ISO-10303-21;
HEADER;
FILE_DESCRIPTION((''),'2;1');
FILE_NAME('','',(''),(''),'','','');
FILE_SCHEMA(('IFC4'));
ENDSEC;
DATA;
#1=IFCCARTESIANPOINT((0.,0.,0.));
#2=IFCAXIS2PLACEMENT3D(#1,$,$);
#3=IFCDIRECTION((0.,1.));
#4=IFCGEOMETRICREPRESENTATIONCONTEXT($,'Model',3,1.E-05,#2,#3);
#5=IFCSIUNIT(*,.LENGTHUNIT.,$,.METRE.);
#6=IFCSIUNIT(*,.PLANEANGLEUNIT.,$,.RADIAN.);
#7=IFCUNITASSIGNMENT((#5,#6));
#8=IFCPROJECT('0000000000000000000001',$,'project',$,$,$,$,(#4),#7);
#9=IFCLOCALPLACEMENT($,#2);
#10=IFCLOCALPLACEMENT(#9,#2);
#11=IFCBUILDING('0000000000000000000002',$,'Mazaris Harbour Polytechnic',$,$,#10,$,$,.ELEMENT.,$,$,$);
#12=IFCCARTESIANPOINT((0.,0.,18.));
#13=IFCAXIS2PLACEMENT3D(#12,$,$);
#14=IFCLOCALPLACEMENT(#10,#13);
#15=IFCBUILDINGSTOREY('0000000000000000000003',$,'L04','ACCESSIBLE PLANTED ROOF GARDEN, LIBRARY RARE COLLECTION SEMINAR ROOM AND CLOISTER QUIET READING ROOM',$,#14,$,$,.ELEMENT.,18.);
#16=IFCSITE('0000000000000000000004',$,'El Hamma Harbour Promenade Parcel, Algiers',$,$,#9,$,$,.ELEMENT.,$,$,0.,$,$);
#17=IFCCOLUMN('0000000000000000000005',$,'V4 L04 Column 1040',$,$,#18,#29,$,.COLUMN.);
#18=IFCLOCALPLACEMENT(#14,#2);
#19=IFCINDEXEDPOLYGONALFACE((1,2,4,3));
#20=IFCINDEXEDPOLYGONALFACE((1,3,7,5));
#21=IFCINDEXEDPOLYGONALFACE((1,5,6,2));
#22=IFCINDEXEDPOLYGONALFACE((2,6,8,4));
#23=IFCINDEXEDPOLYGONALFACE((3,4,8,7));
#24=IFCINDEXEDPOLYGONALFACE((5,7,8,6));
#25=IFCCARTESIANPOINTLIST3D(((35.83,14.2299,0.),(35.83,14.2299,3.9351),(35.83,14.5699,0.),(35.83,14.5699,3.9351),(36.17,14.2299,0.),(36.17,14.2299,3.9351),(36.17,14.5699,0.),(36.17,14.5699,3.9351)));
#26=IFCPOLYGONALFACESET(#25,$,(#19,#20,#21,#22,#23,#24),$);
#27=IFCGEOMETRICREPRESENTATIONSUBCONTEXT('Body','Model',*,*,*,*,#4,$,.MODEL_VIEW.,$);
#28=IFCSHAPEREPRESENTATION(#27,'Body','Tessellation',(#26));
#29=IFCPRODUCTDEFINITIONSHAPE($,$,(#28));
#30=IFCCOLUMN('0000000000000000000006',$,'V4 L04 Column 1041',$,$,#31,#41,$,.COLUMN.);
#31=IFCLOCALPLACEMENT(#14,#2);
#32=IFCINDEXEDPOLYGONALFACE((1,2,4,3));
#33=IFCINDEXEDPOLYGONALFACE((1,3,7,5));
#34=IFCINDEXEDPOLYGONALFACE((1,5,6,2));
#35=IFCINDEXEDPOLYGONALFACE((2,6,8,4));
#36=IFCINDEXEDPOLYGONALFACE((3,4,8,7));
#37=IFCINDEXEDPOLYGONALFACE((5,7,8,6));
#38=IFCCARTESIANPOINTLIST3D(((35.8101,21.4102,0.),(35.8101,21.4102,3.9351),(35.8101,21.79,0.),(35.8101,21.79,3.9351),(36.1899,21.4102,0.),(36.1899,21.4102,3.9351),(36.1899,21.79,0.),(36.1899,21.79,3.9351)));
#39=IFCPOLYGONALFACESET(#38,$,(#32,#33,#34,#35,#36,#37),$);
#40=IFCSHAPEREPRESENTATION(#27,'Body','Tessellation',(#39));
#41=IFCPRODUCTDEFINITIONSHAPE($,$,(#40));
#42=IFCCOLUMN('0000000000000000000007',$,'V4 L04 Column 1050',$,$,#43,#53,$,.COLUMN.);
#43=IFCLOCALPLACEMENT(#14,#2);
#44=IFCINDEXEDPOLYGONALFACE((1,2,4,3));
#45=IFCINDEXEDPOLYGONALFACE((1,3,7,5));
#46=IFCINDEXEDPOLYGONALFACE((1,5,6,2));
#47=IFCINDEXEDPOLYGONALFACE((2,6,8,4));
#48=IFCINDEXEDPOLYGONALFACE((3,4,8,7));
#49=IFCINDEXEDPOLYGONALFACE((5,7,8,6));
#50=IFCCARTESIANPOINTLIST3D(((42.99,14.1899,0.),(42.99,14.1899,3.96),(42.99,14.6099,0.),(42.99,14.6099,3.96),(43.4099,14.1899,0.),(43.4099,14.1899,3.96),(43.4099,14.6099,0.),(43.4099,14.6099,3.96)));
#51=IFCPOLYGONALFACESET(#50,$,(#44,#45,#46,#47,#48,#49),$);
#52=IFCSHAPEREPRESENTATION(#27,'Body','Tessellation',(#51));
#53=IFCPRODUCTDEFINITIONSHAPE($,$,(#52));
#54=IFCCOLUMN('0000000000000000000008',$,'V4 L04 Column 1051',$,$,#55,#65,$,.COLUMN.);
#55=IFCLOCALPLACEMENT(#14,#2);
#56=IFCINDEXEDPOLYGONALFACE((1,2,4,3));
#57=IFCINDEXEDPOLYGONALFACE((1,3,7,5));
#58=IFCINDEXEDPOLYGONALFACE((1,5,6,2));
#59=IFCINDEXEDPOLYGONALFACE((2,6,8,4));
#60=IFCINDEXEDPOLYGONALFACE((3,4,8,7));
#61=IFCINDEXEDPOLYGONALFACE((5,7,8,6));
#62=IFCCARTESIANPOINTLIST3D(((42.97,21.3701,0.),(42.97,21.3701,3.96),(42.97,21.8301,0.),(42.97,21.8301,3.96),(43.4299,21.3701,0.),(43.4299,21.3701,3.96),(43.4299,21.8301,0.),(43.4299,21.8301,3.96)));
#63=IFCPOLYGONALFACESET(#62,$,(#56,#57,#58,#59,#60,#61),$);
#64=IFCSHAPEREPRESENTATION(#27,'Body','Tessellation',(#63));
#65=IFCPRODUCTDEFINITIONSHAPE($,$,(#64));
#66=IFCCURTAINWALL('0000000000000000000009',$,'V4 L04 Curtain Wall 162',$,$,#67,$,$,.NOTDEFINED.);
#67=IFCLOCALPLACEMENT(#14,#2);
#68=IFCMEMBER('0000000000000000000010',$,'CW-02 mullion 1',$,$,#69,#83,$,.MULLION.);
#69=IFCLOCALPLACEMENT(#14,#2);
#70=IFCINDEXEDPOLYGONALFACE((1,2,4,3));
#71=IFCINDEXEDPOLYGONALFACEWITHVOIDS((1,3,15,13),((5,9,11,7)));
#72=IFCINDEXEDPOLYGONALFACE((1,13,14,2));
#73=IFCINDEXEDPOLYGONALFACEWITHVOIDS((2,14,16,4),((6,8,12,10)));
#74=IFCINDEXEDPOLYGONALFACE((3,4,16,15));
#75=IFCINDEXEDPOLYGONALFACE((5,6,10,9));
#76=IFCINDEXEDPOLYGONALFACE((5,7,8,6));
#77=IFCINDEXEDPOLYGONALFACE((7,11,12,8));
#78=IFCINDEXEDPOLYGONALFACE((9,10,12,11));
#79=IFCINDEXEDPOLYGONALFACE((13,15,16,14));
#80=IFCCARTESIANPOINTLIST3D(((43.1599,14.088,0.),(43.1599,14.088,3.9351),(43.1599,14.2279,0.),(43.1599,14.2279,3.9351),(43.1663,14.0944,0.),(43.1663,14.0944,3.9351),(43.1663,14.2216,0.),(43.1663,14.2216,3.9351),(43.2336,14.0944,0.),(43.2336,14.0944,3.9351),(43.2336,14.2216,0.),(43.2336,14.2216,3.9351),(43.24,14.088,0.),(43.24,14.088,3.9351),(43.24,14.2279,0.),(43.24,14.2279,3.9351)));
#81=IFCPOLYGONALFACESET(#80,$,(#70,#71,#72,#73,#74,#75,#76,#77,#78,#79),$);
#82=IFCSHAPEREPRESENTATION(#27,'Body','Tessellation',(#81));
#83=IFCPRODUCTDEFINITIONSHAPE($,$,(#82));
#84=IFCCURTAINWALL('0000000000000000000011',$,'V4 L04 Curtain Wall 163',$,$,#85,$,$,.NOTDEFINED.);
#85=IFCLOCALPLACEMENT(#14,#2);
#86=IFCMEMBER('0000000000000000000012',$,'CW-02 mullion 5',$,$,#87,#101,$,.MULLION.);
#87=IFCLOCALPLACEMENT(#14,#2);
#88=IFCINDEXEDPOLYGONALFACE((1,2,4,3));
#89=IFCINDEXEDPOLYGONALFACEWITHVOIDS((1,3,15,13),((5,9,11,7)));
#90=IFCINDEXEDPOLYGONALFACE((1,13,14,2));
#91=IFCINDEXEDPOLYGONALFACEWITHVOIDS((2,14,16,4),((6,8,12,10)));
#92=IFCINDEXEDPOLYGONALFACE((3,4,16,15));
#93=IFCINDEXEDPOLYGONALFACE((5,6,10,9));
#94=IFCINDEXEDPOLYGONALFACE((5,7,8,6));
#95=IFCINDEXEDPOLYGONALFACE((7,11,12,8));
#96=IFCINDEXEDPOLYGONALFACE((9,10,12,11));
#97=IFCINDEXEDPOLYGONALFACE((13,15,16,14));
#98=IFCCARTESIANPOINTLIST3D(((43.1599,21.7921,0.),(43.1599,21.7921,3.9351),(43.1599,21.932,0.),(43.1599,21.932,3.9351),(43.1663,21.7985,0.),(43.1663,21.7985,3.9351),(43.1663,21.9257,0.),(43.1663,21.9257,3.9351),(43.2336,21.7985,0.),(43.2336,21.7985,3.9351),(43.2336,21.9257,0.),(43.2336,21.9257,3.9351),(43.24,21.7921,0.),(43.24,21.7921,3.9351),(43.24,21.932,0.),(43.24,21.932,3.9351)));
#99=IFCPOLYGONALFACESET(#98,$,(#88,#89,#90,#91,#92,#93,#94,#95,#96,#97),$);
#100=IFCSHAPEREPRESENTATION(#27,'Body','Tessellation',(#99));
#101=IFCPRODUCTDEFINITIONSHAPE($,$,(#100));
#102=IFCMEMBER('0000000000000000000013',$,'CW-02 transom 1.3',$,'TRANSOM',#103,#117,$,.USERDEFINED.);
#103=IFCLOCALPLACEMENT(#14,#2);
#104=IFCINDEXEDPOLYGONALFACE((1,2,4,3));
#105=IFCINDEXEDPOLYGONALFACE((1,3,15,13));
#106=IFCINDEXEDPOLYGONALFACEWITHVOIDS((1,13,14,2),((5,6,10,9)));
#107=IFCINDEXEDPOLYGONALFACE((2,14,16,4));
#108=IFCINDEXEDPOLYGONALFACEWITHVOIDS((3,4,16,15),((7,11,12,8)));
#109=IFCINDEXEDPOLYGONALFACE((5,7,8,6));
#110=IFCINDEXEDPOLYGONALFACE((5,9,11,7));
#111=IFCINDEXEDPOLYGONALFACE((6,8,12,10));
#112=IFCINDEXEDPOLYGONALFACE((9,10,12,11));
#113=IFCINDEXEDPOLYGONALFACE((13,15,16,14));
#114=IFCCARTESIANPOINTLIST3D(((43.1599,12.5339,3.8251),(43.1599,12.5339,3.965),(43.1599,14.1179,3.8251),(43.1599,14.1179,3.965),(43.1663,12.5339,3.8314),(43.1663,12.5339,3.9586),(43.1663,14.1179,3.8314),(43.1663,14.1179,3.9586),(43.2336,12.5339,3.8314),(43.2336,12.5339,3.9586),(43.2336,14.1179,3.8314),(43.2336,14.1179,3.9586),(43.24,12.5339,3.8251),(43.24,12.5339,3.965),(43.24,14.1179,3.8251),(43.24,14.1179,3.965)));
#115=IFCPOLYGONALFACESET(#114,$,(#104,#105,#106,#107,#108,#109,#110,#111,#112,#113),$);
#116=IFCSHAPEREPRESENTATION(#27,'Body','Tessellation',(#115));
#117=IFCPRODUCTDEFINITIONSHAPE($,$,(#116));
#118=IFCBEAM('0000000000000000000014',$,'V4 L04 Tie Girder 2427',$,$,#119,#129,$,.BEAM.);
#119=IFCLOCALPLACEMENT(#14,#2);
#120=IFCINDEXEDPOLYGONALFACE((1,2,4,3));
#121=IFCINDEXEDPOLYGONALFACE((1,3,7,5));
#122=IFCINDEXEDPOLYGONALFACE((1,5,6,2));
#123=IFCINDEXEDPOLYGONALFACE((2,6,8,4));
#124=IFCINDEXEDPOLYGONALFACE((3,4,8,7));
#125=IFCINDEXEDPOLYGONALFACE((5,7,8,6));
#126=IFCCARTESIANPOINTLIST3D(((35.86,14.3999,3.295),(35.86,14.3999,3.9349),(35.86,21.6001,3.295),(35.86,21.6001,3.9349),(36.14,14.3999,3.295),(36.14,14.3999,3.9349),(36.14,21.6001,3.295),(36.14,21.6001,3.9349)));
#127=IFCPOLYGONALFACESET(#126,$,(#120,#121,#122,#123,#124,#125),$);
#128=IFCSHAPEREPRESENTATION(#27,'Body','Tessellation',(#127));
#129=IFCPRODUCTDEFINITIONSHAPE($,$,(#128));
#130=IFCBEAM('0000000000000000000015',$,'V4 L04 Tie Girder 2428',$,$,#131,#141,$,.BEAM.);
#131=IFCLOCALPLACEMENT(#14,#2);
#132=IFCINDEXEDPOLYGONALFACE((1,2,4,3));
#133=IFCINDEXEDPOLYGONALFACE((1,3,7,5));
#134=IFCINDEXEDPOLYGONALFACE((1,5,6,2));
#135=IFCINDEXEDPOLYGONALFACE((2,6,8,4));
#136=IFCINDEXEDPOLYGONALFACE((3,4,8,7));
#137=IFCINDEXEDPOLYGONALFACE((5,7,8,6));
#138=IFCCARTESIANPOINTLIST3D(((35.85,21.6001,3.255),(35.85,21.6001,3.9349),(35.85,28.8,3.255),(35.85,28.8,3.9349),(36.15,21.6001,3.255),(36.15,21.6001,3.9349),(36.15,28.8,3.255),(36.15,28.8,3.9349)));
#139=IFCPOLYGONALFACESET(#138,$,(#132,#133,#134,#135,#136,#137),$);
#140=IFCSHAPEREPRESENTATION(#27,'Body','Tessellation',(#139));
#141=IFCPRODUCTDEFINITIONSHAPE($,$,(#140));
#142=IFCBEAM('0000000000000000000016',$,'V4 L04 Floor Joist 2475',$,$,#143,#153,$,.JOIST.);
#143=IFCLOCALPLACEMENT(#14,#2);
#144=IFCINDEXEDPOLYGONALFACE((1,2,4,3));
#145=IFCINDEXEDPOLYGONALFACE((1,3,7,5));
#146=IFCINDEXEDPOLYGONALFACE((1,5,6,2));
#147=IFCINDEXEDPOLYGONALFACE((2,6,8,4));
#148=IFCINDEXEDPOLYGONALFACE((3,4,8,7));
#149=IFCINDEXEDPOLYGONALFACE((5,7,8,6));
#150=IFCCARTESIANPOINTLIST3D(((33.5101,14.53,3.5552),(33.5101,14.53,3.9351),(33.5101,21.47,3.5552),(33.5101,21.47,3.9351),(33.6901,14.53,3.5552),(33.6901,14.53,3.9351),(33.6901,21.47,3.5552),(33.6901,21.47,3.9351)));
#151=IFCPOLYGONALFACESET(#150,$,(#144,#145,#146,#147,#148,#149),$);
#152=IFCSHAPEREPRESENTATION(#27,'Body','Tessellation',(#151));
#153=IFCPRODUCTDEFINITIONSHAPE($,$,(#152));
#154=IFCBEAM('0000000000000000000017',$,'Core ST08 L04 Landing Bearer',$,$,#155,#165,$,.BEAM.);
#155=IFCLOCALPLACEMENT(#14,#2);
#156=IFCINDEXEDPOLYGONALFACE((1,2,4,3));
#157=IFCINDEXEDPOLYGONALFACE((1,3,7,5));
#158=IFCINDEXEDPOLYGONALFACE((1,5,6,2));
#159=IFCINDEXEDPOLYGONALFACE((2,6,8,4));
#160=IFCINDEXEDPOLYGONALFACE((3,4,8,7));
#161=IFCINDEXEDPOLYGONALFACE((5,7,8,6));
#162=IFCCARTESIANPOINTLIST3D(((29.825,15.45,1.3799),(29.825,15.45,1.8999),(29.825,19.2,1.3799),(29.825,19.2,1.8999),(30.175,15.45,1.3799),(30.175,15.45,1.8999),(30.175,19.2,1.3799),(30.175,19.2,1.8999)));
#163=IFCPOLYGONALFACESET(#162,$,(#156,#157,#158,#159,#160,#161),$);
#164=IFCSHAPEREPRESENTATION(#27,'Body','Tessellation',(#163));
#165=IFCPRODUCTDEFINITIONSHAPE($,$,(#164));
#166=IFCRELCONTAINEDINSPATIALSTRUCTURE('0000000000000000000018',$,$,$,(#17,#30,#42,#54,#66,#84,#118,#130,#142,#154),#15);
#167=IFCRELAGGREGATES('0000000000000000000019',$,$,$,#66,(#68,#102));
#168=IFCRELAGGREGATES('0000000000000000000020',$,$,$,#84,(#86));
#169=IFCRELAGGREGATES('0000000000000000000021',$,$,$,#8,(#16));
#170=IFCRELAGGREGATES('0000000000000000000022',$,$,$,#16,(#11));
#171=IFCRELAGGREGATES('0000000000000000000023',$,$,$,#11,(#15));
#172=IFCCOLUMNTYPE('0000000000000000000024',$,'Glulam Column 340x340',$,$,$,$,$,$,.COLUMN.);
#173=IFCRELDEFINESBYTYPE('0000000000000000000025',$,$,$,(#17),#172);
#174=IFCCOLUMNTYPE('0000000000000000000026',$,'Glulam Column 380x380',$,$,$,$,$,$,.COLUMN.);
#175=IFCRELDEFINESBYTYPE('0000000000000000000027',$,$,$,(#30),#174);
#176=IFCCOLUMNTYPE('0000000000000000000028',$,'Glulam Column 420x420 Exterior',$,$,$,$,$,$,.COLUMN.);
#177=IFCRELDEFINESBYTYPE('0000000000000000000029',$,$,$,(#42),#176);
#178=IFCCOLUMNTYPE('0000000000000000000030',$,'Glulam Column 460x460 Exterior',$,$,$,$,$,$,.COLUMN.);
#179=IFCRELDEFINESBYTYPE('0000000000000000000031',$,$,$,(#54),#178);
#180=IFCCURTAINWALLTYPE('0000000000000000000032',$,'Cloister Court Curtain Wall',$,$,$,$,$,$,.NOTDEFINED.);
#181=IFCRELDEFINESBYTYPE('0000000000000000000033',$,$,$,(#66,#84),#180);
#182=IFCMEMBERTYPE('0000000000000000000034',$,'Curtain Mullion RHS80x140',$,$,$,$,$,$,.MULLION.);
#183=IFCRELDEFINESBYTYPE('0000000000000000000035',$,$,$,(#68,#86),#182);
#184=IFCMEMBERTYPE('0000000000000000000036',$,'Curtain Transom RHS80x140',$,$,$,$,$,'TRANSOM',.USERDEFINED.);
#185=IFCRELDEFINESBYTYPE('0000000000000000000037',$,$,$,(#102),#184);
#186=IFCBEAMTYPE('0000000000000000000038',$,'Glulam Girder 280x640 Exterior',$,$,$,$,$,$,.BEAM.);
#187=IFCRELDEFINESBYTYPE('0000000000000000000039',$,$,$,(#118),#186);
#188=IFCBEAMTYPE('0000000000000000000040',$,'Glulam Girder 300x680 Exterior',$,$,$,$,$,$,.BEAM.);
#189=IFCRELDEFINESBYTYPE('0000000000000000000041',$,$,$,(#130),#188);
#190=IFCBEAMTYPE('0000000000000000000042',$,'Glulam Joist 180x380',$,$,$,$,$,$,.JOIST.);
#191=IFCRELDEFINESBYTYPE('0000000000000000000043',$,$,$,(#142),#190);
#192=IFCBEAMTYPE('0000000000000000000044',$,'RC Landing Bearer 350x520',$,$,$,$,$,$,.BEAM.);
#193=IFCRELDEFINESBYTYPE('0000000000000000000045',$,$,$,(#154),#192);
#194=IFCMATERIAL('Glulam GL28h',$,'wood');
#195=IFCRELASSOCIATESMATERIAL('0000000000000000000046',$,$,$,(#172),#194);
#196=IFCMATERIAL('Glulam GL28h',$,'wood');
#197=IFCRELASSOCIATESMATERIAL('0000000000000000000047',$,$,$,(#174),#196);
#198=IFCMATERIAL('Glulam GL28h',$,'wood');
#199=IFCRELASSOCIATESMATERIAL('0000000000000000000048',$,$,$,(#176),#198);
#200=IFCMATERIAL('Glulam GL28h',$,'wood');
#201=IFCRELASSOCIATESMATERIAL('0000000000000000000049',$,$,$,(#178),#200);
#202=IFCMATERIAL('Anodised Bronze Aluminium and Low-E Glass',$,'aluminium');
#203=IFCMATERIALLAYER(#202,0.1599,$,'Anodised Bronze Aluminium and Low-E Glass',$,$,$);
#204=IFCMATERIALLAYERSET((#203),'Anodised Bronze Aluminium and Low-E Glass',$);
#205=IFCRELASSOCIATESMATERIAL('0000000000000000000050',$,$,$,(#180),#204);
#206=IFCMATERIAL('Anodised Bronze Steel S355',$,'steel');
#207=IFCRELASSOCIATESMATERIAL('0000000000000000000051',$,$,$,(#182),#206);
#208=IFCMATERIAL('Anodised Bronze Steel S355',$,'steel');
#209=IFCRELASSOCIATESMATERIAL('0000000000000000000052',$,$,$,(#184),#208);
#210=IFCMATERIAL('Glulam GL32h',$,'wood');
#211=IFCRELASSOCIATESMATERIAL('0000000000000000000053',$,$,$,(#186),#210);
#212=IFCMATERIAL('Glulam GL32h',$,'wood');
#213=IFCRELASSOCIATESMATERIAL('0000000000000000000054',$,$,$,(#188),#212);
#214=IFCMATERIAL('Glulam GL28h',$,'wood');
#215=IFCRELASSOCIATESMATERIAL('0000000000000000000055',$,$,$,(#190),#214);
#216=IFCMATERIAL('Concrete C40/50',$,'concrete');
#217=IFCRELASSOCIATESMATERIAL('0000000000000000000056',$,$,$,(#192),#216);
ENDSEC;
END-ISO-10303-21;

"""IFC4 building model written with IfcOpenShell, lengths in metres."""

from ifc_helpers import new_model, si_unit, direction, frame, origin, origin_2d, place, context, subcontext, project, spatial, rectangle, hollow_rectangle, extrude, material, layer, layer_set, material_profile, profile_set, type_object, element, aggregate, save


model = new_model("IFC4")

# Units and contexts
model_context = context("Model", 3, precision=1e-05, world=origin(), true_north=direction((0.0, 1.0)))
body_context = subcontext(model_context, "Body", "Model", "MODEL_VIEW")
ifc_project = project(units=[si_unit("LENGTHUNIT", "METRE"), si_unit("PLANEANGLEUNIT", "RADIAN")], contexts=[model_context])

# Site, building, storey
site_placement = place(None, origin())
site = spatial("IfcSite", under=ifc_project, at=site_placement, Name="El Hamma Harbour Promenade Parcel, Algiers", CompositionType="ELEMENT", RefElevation=0.0)
building_placement = place(site_placement, origin())
building = spatial("IfcBuilding", under=site, at=building_placement, Name="Mazaris Harbour Polytechnic", CompositionType="ELEMENT")
storey_placement = place(building_placement, frame((0.0, 0.0, 18.0)))
storey = spatial("IfcBuildingStorey", under=building, at=storey_placement, Name="L04", Description="ACCESSIBLE PLANTED ROOF GARDEN, LIBRARY RARE COLLECTION SEMINAR ROOM AND CLOISTER QUIET READING ROOM", CompositionType="ELEMENT", Elevation=18.0)

# Columns
ifc_material_1 = material(Name="Glulam GL28h", Category="wood")
ifc_material_profile_1 = material_profile(ifc_material_1, rectangle(XDim=0.3401, YDim=0.3401, at=origin_2d()), Name="RECT340x340")
ifc_profile_set_1 = profile_set([ifc_material_profile_1], Name="Glulam GL28h")
column_type_1 = type_object("IfcColumnType", Name="Glulam Column 340x340", PredefinedType="COLUMN", material=ifc_profile_set_1)
column_1_placement = place(storey_placement, frame((36.0, 14.3999, 0.0), z_axis=(0.0, 0.0, 1.0), x_axis=(1.0, 0.0, 0.0)))
element("IfcColumn", 1, at=column_1_placement, inside=storey, type_object=column_type_1, Name="V4 L04 Column 1040", PredefinedType="COLUMN", context=body_context, shape_type="SweptSolid", body=[
    extrude(rectangle(XDim=0.3401, YDim=0.3401, at=origin_2d()), origin(), (0.0, 0.0, 1.0), 3.9351),
])
ifc_material_2 = material(Name="Glulam GL28h", Category="wood")
ifc_material_profile_2 = material_profile(ifc_material_2, rectangle(XDim=0.3799, YDim=0.3799, at=origin_2d()), Name="RECT380x380")
ifc_profile_set_2 = profile_set([ifc_material_profile_2], Name="Glulam GL28h")
column_type_2 = type_object("IfcColumnType", Name="Glulam Column 380x380", PredefinedType="COLUMN", material=ifc_profile_set_2)
column_2_placement = place(storey_placement, frame((36.0, 21.6001, 0.0), z_axis=(0.0, 0.0, 1.0), x_axis=(1.0, 0.0, 0.0)))
element("IfcColumn", 2, at=column_2_placement, inside=storey, type_object=column_type_2, Name="V4 L04 Column 1041", PredefinedType="COLUMN", context=body_context, shape_type="SweptSolid", body=[
    extrude(rectangle(XDim=0.3799, YDim=0.3799, at=origin_2d()), origin(), (0.0, 0.0, 1.0), 3.9351),
])
ifc_material_3 = material(Name="Glulam GL28h", Category="wood")
ifc_material_profile_3 = material_profile(ifc_material_3, rectangle(XDim=0.4199, YDim=0.4199, at=origin_2d()), Name="RECT420x420")
ifc_profile_set_3 = profile_set([ifc_material_profile_3], Name="Glulam GL28h")
column_type_3 = type_object("IfcColumnType", Name="Glulam Column 420x420 Exterior", PredefinedType="COLUMN", material=ifc_profile_set_3)
column_3_placement = place(storey_placement, frame((43.2, 14.3999, 0.0), z_axis=(0.0, 0.0, 1.0), x_axis=(1.0, 0.0, 0.0)))
element("IfcColumn", 3, at=column_3_placement, inside=storey, type_object=column_type_3, Name="V4 L04 Column 1050", PredefinedType="COLUMN", context=body_context, shape_type="SweptSolid", body=[
    extrude(rectangle(XDim=0.4199, YDim=0.4199, at=origin_2d()), origin(), (0.0, 0.0, 1.0), 3.96),
])
ifc_material_4 = material(Name="Glulam GL28h", Category="wood")
ifc_material_profile_4 = material_profile(ifc_material_4, rectangle(XDim=0.46, YDim=0.46, at=origin_2d()), Name="RECT460x460")
ifc_profile_set_4 = profile_set([ifc_material_profile_4], Name="Glulam GL28h")
column_type_4 = type_object("IfcColumnType", Name="Glulam Column 460x460 Exterior", PredefinedType="COLUMN", material=ifc_profile_set_4)
column_4_placement = place(storey_placement, frame((43.2, 21.6001, 0.0), z_axis=(0.0, 0.0, 1.0), x_axis=(1.0, 0.0, 0.0)))
element("IfcColumn", 4, at=column_4_placement, inside=storey, type_object=column_type_4, Name="V4 L04 Column 1051", PredefinedType="COLUMN", context=body_context, shape_type="SweptSolid", body=[
    extrude(rectangle(XDim=0.46, YDim=0.46, at=origin_2d()), origin(), (0.0, 0.0, 1.0), 3.96),
])

# Curtain walls, members
ifc_material_5 = material(Name="Anodised Bronze Aluminium and Low-E Glass", Category="aluminium")
ifc_layer_1 = layer(ifc_material_5, 0.1599, Name="Anodised Bronze Aluminium and Low-E Glass")
ifc_layer_set_1 = layer_set([ifc_layer_1], Name="Anodised Bronze Aluminium and Low-E Glass")
curtain_wall_type = type_object("IfcCurtainWallType", Name="Cloister Court Curtain Wall", PredefinedType="NOTDEFINED", material=ifc_layer_set_1)
curtain_wall_1_placement = place(storey_placement, origin())
curtain_wall_1 = element("IfcCurtainWall", 5, at=curtain_wall_1_placement, inside=storey, type_object=curtain_wall_type, Name="V4 L04 Curtain Wall 162", PredefinedType="NOTDEFINED")
ifc_material_6 = material(Name="Anodised Bronze Steel S355", Category="steel")
ifc_material_profile_5 = material_profile(ifc_material_6, hollow_rectangle(XDim=0.0801, YDim=0.1399, WallThickness=0.0063, at=origin_2d()), Name="RHS 80x140x6.3")
ifc_profile_set_5 = profile_set([ifc_material_profile_5], Name="Anodised Bronze Steel S355")
member_type_1 = type_object("IfcMemberType", Name="Curtain Mullion RHS80x140", PredefinedType="MULLION", material=ifc_profile_set_5)
member_1_placement = place(storey_placement, frame((43.2, 14.158, 0.0), z_axis=(0.0, 0.0, 1.0), x_axis=(1.0, 0.0, 0.0)))
member_1 = element("IfcMember", 6, at=member_1_placement, type_object=member_type_1, Name="CW-02 mullion 1", PredefinedType="MULLION", context=body_context, shape_type="SweptSolid", body=[
    extrude(hollow_rectangle(XDim=0.0801, YDim=0.1399, WallThickness=0.0063, at=origin_2d()), origin(), (0.0, 0.0, 1.0), 3.9351),
])
curtain_wall_2_placement = place(storey_placement, origin())
curtain_wall_2 = element("IfcCurtainWall", 7, at=curtain_wall_2_placement, inside=storey, type_object=curtain_wall_type, Name="V4 L04 Curtain Wall 163", PredefinedType="NOTDEFINED")
member_2_placement = place(storey_placement, frame((43.2, 21.8621, 0.0), z_axis=(0.0, 0.0, 1.0), x_axis=(1.0, 0.0, 0.0)))
member_2 = element("IfcMember", 8, at=member_2_placement, type_object=member_type_1, Name="CW-02 mullion 5", PredefinedType="MULLION", context=body_context, shape_type="SweptSolid", body=[
    extrude(hollow_rectangle(XDim=0.0801, YDim=0.1399, WallThickness=0.0063, at=origin_2d()), origin(), (0.0, 0.0, 1.0), 3.9351),
])

# Member
ifc_material_7 = material(Name="Anodised Bronze Steel S355", Category="steel")
ifc_material_profile_6 = material_profile(ifc_material_7, hollow_rectangle(XDim=0.0801, YDim=0.1399, WallThickness=0.0063, at=origin_2d()), Name="RHS 80x140x6.3")
ifc_profile_set_6 = profile_set([ifc_material_profile_6], Name="Anodised Bronze Steel S355")
member_type_2 = type_object("IfcMemberType", Name="Curtain Transom RHS80x140", ElementType="TRANSOM", PredefinedType="USERDEFINED", material=ifc_profile_set_6)
member_3_placement = place(storey_placement, frame((43.2, 14.1179, 3.895), z_axis=(0.0, -1.0, 0.0), x_axis=(1.0, 0.0, 0.0)))
member_3 = element("IfcMember", 9, at=member_3_placement, type_object=member_type_2, Name="CW-02 transom 1.3", ObjectType="TRANSOM", PredefinedType="USERDEFINED", context=body_context, shape_type="SweptSolid", body=[
    extrude(hollow_rectangle(XDim=0.0801, YDim=0.1399, WallThickness=0.0063, at=origin_2d()), origin(), (0.0, 0.0, 1.0), 1.584),
])
aggregate(curtain_wall_1, [member_1, member_3])

# Beams
ifc_material_8 = material(Name="Glulam GL32h", Category="wood")
ifc_material_profile_7 = material_profile(ifc_material_8, rectangle(XDim=0.28, YDim=0.6399, at=origin_2d()), Name="RECT280x640")
ifc_profile_set_7 = profile_set([ifc_material_profile_7], Name="Glulam GL32h")
beam_type_1 = type_object("IfcBeamType", Name="Glulam Girder 280x640 Exterior", PredefinedType="BEAM", material=ifc_profile_set_7)
beam_1_placement = place(storey_placement, frame((36.0, 14.3999, 3.615), z_axis=(0.0, 1.0, 0.0), x_axis=(-1.0, 0.0, 0.0)))
element("IfcBeam", 10, at=beam_1_placement, inside=storey, type_object=beam_type_1, Name="V4 L04 Tie Girder 2427", PredefinedType="BEAM", context=body_context, shape_type="SweptSolid", body=[
    extrude(rectangle(XDim=0.28, YDim=0.6399, at=origin_2d()), origin(), (0.0, 0.0, 1.0), 7.2002),
])
ifc_material_9 = material(Name="Glulam GL32h", Category="wood")
ifc_material_profile_8 = material_profile(ifc_material_9, rectangle(XDim=0.3, YDim=0.6799, at=origin_2d()), Name="RECT300x680")
ifc_profile_set_8 = profile_set([ifc_material_profile_8], Name="Glulam GL32h")
beam_type_2 = type_object("IfcBeamType", Name="Glulam Girder 300x680 Exterior", PredefinedType="BEAM", material=ifc_profile_set_8)
beam_2_placement = place(storey_placement, frame((36.0, 21.6001, 3.595), z_axis=(0.0, 1.0, 0.0), x_axis=(-1.0, 0.0, 0.0)))
element("IfcBeam", 11, at=beam_2_placement, inside=storey, type_object=beam_type_2, Name="V4 L04 Tie Girder 2428", PredefinedType="BEAM", context=body_context, shape_type="SweptSolid", body=[
    extrude(rectangle(XDim=0.3, YDim=0.6799, at=origin_2d()), origin(), (0.0, 0.0, 1.0), 7.2),
])
ifc_material_10 = material(Name="Glulam GL28h", Category="wood")
ifc_material_profile_9 = material_profile(ifc_material_10, rectangle(XDim=0.1799, YDim=0.3799, at=origin_2d()), Name="RECT180x380")
ifc_profile_set_9 = profile_set([ifc_material_profile_9], Name="Glulam GL28h")
beam_type_3 = type_object("IfcBeamType", Name="Glulam Joist 180x380", PredefinedType="JOIST", material=ifc_profile_set_9)
beam_3_placement = place(storey_placement, frame((33.6001, 14.53, 3.7451), z_axis=(0.0, 1.0, 0.0), x_axis=(-1.0, 0.0, 0.0)))
element("IfcBeam", 12, at=beam_3_placement, inside=storey, type_object=beam_type_3, Name="V4 L04 Floor Joist 2475", PredefinedType="JOIST", context=body_context, shape_type="SweptSolid", body=[
    extrude(rectangle(XDim=0.1799, YDim=0.3799, at=origin_2d()), origin(), (0.0, 0.0, 1.0), 6.9399),
])
ifc_material_11 = material(Name="Concrete C40/50", Category="concrete")
ifc_material_profile_10 = material_profile(ifc_material_11, rectangle(XDim=0.3501, YDim=0.52, at=origin_2d()), Name="RECT350x520")
ifc_profile_set_10 = profile_set([ifc_material_profile_10], Name="Concrete C40/50")
beam_type_4 = type_object("IfcBeamType", Name="RC Landing Bearer 350x520", PredefinedType="BEAM", material=ifc_profile_set_10)
for number, where, z_axis, x_axis, name in (
    (13, (30.0, 15.45, 1.6399), (0.0, 1.0, 0.0), (-1.0, 0.0, 0.0), "Core ST08 L04 Landing Bearer"),
):
    element("IfcBeam", number, at=place(storey_placement, frame(where, z_axis=z_axis, x_axis=x_axis)), inside=storey, type_object=beam_type_4, Name=name, PredefinedType="BEAM", context=body_context, shape_type="SweptSolid", body=[
        extrude(rectangle(XDim=0.3501, YDim=0.52, at=origin_2d()), origin(), (0.0, 0.0, 1.0), 3.75),
    ])

aggregate(curtain_wall_2, [member_2])

save(model, "model.ifc")
